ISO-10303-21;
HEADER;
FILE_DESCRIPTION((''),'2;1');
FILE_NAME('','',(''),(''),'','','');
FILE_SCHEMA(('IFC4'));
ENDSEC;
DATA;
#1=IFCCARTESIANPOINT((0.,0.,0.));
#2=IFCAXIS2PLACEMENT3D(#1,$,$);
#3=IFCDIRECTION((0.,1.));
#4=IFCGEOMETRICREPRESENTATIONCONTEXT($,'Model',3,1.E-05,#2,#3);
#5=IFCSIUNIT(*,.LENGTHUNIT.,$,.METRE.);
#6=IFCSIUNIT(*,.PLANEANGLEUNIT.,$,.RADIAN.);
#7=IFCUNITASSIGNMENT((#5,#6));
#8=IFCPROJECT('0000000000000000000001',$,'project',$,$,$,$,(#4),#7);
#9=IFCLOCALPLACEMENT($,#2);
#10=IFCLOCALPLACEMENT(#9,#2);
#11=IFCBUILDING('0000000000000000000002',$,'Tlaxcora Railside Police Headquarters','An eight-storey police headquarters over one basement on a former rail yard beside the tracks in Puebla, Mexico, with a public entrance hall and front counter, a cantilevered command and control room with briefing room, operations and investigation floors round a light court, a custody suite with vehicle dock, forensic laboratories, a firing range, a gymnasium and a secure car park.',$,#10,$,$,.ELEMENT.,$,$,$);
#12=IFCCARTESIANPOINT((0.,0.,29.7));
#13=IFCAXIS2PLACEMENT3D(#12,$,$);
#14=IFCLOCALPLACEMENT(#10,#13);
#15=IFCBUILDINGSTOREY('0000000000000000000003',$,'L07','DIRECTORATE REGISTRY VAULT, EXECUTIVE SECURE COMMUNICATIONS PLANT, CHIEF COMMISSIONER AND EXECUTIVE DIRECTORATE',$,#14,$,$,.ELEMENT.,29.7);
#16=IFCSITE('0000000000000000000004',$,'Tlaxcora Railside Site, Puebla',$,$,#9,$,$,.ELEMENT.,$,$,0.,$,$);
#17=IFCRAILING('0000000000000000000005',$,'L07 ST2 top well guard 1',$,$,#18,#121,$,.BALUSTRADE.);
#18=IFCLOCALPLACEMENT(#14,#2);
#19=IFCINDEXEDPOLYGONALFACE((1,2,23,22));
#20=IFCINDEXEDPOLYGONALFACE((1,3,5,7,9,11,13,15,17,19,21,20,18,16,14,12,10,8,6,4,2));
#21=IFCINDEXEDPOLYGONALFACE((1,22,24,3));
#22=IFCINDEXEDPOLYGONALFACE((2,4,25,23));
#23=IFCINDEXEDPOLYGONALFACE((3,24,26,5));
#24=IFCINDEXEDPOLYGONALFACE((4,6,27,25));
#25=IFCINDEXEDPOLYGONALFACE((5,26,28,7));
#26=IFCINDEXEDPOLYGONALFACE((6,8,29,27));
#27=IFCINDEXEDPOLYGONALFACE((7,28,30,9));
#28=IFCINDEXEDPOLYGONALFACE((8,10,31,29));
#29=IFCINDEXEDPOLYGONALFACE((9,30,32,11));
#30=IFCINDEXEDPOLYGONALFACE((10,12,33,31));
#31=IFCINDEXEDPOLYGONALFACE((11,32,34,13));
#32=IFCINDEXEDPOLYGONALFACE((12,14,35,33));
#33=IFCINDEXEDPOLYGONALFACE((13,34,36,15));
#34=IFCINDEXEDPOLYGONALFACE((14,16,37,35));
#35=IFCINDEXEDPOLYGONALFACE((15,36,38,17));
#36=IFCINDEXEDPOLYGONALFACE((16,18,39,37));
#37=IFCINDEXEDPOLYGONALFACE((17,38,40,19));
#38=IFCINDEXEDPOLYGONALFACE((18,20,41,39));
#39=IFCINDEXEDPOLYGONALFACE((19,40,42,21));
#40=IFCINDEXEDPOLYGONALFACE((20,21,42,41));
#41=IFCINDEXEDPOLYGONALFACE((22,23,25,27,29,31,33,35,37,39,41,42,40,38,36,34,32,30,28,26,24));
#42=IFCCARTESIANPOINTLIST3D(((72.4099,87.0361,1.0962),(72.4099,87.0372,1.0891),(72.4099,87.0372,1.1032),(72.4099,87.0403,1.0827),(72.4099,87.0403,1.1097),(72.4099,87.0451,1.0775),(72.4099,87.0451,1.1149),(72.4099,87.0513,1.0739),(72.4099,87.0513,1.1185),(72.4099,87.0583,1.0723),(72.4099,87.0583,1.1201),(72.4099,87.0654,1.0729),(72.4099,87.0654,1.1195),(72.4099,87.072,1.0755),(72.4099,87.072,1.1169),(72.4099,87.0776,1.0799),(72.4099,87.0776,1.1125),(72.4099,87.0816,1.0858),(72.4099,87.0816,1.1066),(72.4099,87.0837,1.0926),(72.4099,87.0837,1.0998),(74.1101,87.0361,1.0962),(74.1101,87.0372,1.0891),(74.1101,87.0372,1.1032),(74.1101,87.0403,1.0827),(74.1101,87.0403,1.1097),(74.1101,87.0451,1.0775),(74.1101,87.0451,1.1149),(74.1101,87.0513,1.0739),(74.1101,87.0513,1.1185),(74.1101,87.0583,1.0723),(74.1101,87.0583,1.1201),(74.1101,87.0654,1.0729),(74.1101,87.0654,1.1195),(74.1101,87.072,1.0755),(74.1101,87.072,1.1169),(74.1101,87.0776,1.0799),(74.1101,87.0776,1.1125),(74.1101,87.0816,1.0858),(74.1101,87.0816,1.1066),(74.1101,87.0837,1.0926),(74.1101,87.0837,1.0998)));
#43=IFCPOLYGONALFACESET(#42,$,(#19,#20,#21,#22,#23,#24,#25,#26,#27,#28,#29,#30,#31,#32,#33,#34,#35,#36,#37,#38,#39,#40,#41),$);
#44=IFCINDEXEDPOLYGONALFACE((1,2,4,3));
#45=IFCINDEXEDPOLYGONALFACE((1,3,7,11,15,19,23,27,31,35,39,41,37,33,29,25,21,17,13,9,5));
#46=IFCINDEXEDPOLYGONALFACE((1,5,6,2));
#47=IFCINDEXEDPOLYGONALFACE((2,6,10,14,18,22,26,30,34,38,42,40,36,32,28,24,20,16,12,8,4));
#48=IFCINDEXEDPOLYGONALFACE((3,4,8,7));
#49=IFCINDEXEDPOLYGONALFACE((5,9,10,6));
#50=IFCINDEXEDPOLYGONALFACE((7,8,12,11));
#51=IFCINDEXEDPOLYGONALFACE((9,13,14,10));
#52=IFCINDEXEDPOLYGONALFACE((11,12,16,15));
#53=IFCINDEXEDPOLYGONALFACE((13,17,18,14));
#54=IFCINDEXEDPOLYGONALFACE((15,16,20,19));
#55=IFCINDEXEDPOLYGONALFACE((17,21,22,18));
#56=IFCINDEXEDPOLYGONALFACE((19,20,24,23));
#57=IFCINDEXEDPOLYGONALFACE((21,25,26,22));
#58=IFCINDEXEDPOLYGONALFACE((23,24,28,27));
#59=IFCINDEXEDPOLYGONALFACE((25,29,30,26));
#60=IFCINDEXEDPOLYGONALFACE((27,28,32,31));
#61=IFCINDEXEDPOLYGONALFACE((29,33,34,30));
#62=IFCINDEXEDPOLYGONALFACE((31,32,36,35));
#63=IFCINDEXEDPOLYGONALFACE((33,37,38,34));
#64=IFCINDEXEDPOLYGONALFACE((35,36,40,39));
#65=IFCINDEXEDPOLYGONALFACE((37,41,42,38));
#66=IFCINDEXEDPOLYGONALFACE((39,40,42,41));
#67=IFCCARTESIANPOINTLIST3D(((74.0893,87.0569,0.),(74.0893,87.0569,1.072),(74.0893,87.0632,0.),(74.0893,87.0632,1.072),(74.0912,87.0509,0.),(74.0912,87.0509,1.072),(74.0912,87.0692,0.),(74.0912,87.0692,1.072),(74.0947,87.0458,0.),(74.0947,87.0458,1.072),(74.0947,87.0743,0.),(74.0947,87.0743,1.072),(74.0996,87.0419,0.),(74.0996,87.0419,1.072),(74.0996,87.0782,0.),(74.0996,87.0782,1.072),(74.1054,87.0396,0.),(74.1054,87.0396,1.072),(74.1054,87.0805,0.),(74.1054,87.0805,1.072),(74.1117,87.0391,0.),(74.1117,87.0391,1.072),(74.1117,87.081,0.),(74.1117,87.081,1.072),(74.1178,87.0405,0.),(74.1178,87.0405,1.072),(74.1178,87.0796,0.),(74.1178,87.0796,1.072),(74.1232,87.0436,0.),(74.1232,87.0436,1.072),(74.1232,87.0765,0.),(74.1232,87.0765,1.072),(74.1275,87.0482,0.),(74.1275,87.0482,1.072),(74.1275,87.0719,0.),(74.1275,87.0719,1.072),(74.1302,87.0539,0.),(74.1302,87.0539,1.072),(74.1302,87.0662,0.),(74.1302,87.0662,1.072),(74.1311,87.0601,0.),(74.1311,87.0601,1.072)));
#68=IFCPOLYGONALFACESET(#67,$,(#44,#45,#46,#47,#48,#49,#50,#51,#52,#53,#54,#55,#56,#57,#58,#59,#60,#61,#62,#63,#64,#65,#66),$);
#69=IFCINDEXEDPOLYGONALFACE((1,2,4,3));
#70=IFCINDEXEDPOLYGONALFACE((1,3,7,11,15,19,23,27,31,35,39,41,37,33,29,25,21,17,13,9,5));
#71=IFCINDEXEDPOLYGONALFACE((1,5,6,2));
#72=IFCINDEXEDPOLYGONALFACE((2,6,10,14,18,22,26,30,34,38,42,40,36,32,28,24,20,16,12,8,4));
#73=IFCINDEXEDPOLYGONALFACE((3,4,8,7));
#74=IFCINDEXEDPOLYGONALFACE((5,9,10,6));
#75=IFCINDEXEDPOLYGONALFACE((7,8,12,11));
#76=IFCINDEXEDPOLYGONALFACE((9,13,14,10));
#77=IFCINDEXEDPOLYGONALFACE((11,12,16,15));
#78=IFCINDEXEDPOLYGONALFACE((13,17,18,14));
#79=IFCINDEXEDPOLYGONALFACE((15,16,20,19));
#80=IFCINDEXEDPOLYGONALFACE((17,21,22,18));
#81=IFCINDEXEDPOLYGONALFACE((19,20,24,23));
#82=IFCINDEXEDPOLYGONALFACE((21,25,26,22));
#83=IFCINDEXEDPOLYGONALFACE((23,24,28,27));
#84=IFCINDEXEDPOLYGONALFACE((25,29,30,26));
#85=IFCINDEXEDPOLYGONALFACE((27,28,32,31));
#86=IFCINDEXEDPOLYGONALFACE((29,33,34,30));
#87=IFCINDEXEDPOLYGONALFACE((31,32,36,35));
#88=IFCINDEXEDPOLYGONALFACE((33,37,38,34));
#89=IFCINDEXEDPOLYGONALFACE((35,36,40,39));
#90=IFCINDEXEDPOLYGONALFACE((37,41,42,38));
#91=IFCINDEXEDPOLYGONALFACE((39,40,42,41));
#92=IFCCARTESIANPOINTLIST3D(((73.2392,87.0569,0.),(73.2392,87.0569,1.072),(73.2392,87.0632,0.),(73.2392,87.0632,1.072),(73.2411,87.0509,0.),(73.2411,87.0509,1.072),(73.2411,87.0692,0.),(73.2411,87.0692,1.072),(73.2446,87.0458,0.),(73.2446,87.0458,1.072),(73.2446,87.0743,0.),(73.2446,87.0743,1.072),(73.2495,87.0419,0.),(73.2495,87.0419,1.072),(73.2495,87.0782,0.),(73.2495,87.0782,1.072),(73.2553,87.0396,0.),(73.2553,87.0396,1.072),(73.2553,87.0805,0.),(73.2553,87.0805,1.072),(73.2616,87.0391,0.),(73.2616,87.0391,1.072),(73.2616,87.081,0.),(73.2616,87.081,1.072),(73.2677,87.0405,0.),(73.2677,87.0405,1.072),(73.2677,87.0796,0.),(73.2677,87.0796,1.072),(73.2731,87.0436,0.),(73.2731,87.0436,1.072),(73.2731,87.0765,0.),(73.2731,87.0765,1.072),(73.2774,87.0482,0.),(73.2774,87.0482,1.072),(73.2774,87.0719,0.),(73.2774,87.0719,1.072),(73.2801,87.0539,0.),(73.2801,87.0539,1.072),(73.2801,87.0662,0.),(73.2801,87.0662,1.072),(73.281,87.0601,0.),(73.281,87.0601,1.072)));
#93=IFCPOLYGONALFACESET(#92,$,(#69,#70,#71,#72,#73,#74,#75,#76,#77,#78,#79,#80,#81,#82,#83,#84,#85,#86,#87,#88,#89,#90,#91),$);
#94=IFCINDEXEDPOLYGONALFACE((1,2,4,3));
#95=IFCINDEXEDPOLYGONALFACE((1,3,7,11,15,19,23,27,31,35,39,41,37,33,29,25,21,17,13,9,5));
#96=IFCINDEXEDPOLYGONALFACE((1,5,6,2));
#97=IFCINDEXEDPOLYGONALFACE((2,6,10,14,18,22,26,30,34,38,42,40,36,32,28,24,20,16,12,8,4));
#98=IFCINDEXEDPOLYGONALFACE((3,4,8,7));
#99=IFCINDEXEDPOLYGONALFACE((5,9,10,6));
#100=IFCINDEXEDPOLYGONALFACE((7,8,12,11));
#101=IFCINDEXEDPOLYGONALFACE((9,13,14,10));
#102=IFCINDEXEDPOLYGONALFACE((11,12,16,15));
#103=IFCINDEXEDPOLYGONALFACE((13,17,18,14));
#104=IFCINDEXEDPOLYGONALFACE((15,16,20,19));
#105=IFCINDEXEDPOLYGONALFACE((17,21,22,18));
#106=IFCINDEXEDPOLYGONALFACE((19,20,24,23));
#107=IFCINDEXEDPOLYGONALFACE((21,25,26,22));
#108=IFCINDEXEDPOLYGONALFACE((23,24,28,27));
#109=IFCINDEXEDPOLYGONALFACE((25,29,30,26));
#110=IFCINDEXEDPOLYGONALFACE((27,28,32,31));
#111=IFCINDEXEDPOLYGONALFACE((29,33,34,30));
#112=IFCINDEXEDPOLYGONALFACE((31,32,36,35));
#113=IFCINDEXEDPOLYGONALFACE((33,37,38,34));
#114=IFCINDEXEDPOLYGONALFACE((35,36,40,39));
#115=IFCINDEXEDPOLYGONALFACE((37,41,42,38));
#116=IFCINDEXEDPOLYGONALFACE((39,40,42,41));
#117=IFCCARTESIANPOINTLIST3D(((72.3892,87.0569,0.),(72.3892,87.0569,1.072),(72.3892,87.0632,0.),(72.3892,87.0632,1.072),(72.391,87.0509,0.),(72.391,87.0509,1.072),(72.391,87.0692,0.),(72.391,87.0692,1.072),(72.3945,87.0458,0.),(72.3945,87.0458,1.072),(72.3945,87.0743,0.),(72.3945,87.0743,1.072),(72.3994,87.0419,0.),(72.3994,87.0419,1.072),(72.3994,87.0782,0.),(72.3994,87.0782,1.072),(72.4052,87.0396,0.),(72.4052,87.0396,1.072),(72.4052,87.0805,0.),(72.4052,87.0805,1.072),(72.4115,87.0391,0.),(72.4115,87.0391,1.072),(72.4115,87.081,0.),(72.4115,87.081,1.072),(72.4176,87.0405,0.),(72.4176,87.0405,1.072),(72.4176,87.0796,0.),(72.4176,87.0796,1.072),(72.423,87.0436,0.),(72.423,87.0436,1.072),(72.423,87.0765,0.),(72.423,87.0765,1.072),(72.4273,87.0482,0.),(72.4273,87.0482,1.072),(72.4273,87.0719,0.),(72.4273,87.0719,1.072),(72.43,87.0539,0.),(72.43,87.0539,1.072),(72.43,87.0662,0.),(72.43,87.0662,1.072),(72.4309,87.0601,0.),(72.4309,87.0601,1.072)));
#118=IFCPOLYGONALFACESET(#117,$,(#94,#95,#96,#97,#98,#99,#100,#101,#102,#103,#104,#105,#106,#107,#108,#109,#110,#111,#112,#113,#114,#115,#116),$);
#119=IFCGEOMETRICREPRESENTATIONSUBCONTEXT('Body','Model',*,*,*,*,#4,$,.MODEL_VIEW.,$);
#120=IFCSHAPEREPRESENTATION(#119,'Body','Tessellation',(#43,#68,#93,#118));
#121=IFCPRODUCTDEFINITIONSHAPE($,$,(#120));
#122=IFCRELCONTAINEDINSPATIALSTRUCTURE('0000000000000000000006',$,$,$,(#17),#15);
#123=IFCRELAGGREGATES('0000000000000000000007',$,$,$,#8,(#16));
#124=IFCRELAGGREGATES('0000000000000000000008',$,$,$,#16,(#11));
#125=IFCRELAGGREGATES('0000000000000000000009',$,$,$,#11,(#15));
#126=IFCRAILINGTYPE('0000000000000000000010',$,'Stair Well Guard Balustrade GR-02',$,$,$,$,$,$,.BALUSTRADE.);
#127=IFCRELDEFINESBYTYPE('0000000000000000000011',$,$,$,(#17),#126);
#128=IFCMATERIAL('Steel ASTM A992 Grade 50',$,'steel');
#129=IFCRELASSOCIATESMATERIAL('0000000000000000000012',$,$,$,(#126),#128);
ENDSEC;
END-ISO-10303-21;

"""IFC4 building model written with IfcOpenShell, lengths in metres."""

from ifc_helpers import new_model, si_unit, direction, frame, origin, origin_2d, place, context, subcontext, project, spatial, circle, extrude, material, type_object, element, save


model = new_model("IFC4")

# Units and contexts
model_context = context("Model", 3, precision=1e-05, world=origin(), true_north=direction((0.0, 1.0)))
body_context = subcontext(model_context, "Body", "Model", "MODEL_VIEW")
ifc_project = project(units=[si_unit("LENGTHUNIT", "METRE"), si_unit("PLANEANGLEUNIT", "RADIAN")], contexts=[model_context])

# Site, building, storey
site_placement = place(None, origin())
site = spatial("IfcSite", under=ifc_project, at=site_placement, Name="Tlaxcora Railside Site, Puebla", CompositionType="ELEMENT", RefElevation=0.0)
building_placement = place(site_placement, origin())
building = spatial("IfcBuilding", under=site, at=building_placement, Name="Tlaxcora Railside Police Headquarters", Description="An eight-storey police headquarters over one basement on a former rail yard beside the tracks in Puebla, Mexico, with a public entrance hall and front counter, a cantilevered command and control room with briefing room, operations and investigation floors round a light court, a custody suite with vehicle dock, forensic laboratories, a firing range, a gymnasium and a secure car park.", CompositionType="ELEMENT")
storey_placement = place(building_placement, frame((0.0, 0.0, 29.7)))
storey = spatial("IfcBuildingStorey", under=building, at=storey_placement, Name="L07", Description="DIRECTORATE REGISTRY VAULT, EXECUTIVE SECURE COMMUNICATIONS PLANT, CHIEF COMMISSIONER AND EXECUTIVE DIRECTORATE", CompositionType="ELEMENT", Elevation=29.7)

# Shared definitions
ifc_material_1 = material(Name="Steel ASTM A992 Grade 50", Category="steel")

# Railing
railing_type = type_object("IfcRailingType", Name="Stair Well Guard Balustrade GR-02", PredefinedType="BALUSTRADE", material=ifc_material_1)
railing_placement = place(storey_placement, frame((74.1101, 87.0601, 0.0)))
element("IfcRailing", 1, at=railing_placement, inside=storey, type_object=railing_type, Name="L07 ST2 top well guard 1", PredefinedType="BALUSTRADE", context=body_context, shape_type="SweptSolid", body=[
    extrude(circle(Radius=0.0239, at=origin_2d()), frame((0.0, 0.0, 1.0962), z_axis=(-1.0, 0.0, 0.0), x_axis=(0.0, -1.0, 0.0)), (0.0, 0.0, 1.0), 1.7002),
    extrude(circle(Radius=0.021, at=origin_2d()), origin(), (0.0, 0.0, 1.0), 1.072),
    extrude(circle(Radius=0.021, at=origin_2d()), frame((-0.8501, 0.0, 0.0)), (0.0, 0.0, 1.0), 1.072),
    extrude(circle(Radius=0.021, at=origin_2d()), frame((-1.7002, 0.0, 0.0)), (0.0, 0.0, 1.0), 1.072),
])

save(model, "model.ifc")
